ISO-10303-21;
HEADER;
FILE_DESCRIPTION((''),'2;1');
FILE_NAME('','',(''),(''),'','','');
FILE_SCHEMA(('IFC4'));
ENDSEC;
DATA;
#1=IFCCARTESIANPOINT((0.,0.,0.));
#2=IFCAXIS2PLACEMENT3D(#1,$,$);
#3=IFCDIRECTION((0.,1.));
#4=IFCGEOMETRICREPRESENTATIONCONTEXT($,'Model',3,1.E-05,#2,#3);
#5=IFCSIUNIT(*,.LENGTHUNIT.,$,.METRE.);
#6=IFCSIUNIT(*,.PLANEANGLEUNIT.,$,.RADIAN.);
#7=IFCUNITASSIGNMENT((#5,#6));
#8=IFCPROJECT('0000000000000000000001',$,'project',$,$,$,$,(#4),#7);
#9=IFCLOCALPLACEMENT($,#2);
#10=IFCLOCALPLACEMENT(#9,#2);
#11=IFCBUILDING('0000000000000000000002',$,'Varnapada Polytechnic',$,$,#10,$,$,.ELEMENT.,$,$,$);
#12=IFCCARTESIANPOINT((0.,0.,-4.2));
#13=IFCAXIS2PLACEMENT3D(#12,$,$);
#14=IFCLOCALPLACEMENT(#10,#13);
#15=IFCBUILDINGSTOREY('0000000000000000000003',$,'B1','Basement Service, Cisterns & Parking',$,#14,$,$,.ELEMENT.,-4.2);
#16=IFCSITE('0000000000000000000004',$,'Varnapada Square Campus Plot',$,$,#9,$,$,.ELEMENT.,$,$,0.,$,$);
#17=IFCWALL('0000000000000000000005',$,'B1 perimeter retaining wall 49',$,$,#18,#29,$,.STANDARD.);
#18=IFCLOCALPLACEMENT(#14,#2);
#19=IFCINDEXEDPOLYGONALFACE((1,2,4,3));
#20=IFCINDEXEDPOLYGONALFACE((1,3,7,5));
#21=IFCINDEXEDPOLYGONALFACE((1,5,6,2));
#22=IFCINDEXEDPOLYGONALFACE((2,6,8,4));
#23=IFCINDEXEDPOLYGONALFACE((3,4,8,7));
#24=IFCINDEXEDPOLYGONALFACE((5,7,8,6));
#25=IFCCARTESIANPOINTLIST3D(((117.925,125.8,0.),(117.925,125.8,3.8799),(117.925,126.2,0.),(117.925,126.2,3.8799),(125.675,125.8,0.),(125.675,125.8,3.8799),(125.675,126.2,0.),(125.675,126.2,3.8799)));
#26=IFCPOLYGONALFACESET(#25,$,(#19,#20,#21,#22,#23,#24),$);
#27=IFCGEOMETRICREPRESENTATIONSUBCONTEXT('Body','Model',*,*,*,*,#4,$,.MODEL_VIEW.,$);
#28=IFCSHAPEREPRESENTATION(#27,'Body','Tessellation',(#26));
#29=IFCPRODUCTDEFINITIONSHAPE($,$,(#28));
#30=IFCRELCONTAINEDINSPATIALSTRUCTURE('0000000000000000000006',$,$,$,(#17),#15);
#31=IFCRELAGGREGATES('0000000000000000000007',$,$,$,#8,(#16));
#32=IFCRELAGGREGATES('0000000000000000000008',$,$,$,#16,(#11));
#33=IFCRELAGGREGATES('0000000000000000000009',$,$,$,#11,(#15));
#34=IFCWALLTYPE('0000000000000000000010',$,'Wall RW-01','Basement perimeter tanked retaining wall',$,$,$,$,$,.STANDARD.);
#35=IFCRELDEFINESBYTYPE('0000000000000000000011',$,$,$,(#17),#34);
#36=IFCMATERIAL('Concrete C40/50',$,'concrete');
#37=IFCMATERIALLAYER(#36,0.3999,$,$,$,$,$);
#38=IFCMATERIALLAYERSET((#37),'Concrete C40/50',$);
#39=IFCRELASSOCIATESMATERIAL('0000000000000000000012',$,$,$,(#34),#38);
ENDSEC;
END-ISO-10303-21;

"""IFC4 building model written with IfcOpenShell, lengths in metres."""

from ifc_helpers import new_model, si_unit, direction, frame, frame_2d, origin, place, context, subcontext, project, spatial, rectangle, extrude, material, layer, layer_set, type_object, element, save


model = new_model("IFC4")

# Units and contexts
model_context = context("Model", 3, precision=1e-05, world=origin(), true_north=direction((0.0, 1.0)))
body_context = subcontext(model_context, "Body", "Model", "MODEL_VIEW")
ifc_project = project(units=[si_unit("LENGTHUNIT", "METRE"), si_unit("PLANEANGLEUNIT", "RADIAN")], contexts=[model_context])

# Site, building, storey
site_placement = place(None, origin())
site = spatial("IfcSite", under=ifc_project, at=site_placement, Name="Varnapada Square Campus Plot", CompositionType="ELEMENT", RefElevation=0.0)
building_placement = place(site_placement, origin())
building = spatial("IfcBuilding", under=site, at=building_placement, Name="Varnapada Polytechnic", CompositionType="ELEMENT")
storey_placement = place(building_placement, frame((0.0, 0.0, -4.2)))
storey = spatial("IfcBuildingStorey", under=building, at=storey_placement, Name="B1", Description="Basement Service, Cisterns & Parking", CompositionType="ELEMENT", Elevation=-4.2)

# Shared definitions
ifc_material_1 = material(Name="Concrete C40/50", Category="concrete")

# Wall
ifc_layer_1 = layer(ifc_material_1, 0.3999)
ifc_layer_set_1 = layer_set([ifc_layer_1], Name="Concrete C40/50")
wall_type_1 = type_object("IfcWallType", Name="Wall RW-01", Description="Basement perimeter tanked retaining wall", PredefinedType="STANDARD", material=ifc_layer_set_1)
wall_1_placement = place(storey_placement, frame((117.925, 126.0, 0.0), z_axis=(0.0, 0.0, 1.0), x_axis=(1.0, 0.0, 0.0)))
element("IfcWall", 1, at=wall_1_placement, inside=storey, type_object=wall_type_1, Name="B1 perimeter retaining wall 49", PredefinedType="STANDARD", context=body_context, shape_type="SweptSolid", body=[
    extrude(rectangle(XDim=7.75, YDim=0.3999, at=frame_2d((3.875, 0.0))), origin(), (0.0, 0.0, 1.0), 3.8799),
])

save(model, "model.ifc")
